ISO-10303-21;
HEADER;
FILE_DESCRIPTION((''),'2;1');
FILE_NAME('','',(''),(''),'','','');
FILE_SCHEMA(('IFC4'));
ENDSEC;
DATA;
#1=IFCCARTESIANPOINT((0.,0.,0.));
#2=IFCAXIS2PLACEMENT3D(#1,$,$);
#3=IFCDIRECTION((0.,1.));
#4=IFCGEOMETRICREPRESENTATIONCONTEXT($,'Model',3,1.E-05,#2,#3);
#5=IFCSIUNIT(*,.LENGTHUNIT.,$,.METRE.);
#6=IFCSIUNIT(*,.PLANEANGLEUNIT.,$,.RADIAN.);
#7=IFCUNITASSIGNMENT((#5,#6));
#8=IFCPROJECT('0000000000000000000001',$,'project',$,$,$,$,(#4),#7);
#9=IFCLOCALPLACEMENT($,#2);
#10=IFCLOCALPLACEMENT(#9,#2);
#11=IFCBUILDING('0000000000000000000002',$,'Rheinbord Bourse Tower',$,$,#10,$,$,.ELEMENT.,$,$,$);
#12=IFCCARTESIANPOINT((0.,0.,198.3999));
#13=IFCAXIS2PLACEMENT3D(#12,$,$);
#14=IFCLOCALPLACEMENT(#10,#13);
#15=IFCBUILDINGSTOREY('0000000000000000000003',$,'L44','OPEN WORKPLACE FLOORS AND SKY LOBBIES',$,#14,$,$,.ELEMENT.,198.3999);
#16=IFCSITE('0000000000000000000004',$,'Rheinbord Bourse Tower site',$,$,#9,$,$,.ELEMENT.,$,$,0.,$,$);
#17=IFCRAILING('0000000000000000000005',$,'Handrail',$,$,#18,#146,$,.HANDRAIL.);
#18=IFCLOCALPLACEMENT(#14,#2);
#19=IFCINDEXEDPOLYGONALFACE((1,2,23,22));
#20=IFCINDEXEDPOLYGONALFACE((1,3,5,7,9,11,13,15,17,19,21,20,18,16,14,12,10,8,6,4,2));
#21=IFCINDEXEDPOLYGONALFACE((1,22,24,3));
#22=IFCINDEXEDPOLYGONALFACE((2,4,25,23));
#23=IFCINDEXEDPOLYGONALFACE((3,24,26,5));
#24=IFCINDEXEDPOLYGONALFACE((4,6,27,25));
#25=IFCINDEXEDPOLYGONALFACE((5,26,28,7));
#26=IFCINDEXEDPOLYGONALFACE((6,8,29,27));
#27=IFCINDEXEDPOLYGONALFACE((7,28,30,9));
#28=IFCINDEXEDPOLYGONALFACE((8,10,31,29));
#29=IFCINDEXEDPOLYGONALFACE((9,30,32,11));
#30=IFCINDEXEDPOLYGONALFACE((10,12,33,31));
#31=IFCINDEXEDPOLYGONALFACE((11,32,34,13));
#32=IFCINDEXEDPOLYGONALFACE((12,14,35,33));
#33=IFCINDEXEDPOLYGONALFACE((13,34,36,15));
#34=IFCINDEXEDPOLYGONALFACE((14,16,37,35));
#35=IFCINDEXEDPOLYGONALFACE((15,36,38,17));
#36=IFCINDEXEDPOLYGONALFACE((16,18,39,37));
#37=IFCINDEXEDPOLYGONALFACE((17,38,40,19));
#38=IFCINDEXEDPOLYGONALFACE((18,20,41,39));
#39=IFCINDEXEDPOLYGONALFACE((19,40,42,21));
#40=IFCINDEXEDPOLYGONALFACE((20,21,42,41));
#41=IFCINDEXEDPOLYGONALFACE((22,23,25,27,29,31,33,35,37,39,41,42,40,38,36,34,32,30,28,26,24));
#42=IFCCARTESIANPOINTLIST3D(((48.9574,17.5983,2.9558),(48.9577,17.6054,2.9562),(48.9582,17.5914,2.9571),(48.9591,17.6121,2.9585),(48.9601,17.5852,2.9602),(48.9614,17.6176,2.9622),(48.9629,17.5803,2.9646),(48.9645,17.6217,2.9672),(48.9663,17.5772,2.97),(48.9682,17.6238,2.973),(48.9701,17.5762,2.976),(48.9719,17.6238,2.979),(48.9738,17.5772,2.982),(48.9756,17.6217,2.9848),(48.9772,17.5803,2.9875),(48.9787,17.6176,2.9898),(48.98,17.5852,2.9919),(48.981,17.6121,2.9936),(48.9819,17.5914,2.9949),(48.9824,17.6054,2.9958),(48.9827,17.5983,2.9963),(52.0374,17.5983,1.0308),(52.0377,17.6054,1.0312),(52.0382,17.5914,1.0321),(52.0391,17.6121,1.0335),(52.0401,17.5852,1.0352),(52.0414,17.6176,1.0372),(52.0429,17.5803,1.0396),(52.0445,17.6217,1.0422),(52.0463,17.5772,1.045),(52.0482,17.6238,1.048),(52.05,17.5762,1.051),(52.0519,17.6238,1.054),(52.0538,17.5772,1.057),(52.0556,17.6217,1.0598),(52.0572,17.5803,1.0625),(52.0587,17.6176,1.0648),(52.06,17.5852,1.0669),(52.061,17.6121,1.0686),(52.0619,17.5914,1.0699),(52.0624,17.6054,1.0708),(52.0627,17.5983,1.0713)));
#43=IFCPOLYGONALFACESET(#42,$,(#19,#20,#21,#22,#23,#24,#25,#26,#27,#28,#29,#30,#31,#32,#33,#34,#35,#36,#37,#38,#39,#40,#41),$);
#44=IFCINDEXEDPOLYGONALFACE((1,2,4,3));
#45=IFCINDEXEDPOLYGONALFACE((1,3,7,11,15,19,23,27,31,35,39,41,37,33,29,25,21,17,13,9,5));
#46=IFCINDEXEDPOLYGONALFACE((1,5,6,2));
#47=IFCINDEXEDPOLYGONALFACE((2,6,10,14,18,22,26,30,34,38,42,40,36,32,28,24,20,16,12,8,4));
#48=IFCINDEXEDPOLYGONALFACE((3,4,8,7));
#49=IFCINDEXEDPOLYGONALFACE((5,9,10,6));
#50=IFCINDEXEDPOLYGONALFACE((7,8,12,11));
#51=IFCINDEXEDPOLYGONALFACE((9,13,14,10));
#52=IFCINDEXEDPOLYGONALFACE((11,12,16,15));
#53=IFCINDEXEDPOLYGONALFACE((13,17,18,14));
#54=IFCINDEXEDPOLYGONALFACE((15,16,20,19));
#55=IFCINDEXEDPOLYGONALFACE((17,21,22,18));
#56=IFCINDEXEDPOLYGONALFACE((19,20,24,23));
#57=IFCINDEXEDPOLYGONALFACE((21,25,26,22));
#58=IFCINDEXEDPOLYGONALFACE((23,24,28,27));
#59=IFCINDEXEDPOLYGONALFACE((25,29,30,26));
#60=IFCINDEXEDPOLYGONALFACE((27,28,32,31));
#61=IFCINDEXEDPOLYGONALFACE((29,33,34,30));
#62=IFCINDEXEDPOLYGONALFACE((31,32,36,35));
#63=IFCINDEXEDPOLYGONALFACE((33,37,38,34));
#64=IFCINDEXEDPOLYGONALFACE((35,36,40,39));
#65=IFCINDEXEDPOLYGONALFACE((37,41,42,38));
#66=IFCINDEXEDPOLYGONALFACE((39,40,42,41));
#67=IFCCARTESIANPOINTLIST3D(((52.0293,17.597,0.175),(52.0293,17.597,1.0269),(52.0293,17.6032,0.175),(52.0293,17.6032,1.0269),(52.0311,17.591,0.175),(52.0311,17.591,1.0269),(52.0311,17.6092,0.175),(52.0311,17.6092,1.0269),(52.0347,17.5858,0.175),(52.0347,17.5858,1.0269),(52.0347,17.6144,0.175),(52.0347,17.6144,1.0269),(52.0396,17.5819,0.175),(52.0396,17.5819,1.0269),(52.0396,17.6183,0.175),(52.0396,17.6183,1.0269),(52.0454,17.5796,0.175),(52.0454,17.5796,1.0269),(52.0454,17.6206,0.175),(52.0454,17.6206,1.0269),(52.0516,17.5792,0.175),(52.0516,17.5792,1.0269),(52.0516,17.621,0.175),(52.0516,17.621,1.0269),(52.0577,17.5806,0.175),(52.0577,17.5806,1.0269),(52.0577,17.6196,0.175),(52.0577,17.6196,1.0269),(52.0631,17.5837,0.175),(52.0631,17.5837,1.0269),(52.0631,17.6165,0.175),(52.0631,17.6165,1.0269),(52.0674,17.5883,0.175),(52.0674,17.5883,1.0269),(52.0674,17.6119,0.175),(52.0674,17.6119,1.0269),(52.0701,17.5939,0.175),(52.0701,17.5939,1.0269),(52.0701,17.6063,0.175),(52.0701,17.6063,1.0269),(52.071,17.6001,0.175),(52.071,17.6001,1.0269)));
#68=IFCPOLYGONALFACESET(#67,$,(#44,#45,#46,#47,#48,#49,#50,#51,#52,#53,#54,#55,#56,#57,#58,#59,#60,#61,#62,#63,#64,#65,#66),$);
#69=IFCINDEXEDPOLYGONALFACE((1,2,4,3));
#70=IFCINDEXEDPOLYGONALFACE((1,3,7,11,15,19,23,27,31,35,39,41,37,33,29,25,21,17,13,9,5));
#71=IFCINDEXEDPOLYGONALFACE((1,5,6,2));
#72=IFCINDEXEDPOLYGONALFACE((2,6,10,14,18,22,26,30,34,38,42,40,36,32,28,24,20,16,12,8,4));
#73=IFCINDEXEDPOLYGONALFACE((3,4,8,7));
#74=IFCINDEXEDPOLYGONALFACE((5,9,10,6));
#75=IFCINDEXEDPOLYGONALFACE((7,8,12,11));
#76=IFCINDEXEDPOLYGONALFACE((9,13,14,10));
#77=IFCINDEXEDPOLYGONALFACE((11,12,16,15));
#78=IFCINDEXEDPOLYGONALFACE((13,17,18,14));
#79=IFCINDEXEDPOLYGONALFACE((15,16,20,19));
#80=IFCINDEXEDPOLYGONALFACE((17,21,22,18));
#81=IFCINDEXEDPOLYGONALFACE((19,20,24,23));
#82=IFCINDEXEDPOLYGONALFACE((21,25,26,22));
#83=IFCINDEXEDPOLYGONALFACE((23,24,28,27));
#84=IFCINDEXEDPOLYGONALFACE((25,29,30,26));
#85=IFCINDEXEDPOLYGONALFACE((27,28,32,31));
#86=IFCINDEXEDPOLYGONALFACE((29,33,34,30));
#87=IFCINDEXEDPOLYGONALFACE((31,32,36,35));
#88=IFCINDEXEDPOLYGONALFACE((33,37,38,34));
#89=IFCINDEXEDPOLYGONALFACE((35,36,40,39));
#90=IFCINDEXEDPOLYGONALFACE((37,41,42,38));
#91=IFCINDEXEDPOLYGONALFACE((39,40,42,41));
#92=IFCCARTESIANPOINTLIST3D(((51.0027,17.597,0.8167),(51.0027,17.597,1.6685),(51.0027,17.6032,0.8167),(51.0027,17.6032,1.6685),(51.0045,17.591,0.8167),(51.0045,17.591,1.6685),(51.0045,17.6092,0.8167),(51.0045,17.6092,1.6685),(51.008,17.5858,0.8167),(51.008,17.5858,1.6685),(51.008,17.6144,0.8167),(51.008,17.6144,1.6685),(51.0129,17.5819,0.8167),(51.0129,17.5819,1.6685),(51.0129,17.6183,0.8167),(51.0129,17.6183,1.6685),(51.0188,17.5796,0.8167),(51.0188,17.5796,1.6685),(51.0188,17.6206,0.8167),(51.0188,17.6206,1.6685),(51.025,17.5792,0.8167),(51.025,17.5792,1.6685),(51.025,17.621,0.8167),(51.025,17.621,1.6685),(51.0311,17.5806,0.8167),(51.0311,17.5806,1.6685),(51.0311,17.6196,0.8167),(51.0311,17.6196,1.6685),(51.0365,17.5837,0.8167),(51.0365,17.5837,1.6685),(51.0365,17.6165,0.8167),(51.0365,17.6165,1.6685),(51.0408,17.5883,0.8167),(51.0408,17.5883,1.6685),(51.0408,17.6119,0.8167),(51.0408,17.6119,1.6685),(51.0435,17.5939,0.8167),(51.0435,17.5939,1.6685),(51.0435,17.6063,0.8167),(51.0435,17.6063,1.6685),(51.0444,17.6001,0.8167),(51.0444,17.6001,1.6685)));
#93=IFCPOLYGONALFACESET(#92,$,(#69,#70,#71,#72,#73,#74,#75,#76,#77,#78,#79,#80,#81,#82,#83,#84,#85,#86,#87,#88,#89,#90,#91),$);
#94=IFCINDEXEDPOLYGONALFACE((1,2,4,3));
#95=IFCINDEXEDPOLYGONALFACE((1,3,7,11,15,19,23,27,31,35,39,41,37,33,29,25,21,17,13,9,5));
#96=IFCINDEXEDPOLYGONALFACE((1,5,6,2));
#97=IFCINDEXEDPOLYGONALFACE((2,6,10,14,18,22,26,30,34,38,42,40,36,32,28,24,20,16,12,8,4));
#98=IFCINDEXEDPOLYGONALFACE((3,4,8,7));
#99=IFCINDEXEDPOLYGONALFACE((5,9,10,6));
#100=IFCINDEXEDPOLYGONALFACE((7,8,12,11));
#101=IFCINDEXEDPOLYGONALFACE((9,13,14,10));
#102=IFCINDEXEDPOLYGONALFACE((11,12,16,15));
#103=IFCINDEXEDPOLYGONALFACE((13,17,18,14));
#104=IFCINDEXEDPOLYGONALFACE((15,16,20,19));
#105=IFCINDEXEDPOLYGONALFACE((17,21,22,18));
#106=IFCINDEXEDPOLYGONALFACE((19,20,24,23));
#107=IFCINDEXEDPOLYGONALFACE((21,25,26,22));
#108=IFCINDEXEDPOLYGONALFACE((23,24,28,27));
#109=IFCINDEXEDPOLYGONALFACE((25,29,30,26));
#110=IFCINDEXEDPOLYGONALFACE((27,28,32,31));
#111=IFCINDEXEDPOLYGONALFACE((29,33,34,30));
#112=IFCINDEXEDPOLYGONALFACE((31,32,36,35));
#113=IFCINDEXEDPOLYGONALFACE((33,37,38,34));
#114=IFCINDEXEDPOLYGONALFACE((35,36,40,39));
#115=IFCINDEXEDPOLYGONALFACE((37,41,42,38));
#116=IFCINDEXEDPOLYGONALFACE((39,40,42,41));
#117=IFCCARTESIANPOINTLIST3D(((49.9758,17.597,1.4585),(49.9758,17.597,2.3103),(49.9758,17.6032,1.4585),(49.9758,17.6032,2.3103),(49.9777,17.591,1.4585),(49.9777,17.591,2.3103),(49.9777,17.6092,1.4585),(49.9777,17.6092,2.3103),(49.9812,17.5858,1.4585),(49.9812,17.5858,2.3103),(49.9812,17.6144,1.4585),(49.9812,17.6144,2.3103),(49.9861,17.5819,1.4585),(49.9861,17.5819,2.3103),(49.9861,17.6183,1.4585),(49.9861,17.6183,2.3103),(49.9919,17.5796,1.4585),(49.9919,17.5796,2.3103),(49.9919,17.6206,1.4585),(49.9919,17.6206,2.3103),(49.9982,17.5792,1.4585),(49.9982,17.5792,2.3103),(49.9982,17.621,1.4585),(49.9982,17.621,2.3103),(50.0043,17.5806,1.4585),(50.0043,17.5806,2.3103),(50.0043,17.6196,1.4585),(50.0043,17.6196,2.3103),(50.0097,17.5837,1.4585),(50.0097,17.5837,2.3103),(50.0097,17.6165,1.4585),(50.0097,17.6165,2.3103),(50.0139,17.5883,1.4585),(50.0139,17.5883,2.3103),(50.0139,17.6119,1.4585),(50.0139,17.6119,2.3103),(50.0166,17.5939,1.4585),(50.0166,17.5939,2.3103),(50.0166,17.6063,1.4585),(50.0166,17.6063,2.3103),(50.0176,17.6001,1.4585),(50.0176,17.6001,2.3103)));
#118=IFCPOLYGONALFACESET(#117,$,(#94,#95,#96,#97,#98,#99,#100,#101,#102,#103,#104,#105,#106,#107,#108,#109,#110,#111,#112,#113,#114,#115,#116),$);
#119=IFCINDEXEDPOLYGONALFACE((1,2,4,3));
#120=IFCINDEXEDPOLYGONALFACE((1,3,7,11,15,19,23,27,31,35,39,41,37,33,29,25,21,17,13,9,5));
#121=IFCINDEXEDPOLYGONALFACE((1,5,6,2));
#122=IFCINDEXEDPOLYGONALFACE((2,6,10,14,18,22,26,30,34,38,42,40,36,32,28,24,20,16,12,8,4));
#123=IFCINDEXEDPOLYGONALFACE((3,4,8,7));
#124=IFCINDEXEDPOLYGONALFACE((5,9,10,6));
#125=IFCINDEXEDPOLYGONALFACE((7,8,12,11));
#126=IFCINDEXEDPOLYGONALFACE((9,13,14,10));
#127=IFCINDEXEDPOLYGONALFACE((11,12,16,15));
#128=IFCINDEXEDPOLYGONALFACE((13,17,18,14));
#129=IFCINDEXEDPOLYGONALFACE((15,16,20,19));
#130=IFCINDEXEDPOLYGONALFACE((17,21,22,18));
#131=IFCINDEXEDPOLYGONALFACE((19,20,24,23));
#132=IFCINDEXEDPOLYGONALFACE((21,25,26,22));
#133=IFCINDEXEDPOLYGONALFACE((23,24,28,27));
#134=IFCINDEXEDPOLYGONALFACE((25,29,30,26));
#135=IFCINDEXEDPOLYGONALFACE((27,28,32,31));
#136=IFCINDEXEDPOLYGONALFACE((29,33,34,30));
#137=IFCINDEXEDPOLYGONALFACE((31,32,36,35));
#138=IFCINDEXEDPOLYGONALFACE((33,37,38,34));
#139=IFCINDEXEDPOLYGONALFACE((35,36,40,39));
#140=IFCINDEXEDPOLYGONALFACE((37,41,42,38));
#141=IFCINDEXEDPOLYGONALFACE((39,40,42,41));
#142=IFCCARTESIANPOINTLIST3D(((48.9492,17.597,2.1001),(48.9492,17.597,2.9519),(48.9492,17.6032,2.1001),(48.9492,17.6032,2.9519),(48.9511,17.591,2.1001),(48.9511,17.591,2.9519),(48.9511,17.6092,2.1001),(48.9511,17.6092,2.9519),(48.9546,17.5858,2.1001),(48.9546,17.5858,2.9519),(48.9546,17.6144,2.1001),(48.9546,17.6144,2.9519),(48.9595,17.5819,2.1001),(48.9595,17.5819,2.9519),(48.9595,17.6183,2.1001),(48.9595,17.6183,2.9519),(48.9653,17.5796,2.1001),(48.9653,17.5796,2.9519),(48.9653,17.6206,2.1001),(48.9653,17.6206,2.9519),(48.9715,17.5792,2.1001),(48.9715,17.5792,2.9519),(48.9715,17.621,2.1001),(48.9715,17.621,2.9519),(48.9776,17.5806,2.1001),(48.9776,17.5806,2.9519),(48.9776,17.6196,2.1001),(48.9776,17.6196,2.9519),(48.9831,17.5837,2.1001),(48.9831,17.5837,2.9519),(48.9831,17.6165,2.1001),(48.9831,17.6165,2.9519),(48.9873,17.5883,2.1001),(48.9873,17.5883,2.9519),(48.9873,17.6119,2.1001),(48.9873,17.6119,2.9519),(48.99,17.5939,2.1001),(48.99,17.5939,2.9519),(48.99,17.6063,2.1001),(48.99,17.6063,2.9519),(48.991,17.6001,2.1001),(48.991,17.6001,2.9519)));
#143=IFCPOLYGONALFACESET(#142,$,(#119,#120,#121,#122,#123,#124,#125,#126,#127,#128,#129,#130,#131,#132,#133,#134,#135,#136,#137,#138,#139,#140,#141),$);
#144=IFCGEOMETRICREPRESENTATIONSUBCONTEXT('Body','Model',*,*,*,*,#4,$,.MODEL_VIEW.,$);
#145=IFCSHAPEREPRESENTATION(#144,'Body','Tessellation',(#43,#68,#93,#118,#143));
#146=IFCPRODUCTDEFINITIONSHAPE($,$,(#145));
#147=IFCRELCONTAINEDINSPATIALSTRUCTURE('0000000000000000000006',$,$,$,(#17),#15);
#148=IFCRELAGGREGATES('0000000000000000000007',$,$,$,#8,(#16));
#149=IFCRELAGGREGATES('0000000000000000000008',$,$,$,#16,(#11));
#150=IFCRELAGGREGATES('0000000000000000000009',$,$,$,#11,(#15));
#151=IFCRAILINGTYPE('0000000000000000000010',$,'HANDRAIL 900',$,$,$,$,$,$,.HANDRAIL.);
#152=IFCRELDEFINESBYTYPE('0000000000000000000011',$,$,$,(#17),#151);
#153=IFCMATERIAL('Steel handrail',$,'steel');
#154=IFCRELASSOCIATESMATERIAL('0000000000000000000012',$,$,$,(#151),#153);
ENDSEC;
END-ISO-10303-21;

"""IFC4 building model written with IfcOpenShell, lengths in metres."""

from ifc_helpers import new_model, si_unit, direction, frame, origin, origin_2d, place, context, subcontext, project, spatial, circle, extrude, material, type_object, element, save


model = new_model("IFC4")

# Units and contexts
model_context = context("Model", 3, precision=1e-05, world=origin(), true_north=direction((0.0, 1.0)))
body_context = subcontext(model_context, "Body", "Model", "MODEL_VIEW")
ifc_project = project(units=[si_unit("LENGTHUNIT", "METRE"), si_unit("PLANEANGLEUNIT", "RADIAN")], contexts=[model_context])

# Site, building, storey
site_placement = place(None, origin())
site = spatial("IfcSite", under=ifc_project, at=site_placement, Name="Rheinbord Bourse Tower site", CompositionType="ELEMENT", RefElevation=0.0)
building_placement = place(site_placement, origin())
building = spatial("IfcBuilding", under=site, at=building_placement, Name="Rheinbord Bourse Tower", CompositionType="ELEMENT")
storey_placement = place(building_placement, frame((0.0, 0.0, 198.3999)))
storey = spatial("IfcBuildingStorey", under=building, at=storey_placement, Name="L44", Description="OPEN WORKPLACE FLOORS AND SKY LOBBIES", CompositionType="ELEMENT", Elevation=198.3999)

# Railing
ifc_material_1 = material(Name="Steel handrail", Category="steel")
railing_type = type_object("IfcRailingType", Name="HANDRAIL 900", PredefinedType="HANDRAIL", material=ifc_material_1)
railing_1_placement = place(storey_placement, frame((52.05, 17.6001, 0.175)))
element("IfcRailing", 1, at=railing_1_placement, inside=storey, type_object=railing_type, Name="Handrail", PredefinedType="HANDRAIL", context=body_context, shape_type="SweptSolid", body=[
    extrude(circle(Radius=0.0239, at=origin_2d()), frame((0.0, 0.0, 0.876), z_axis=(-0.847998, 0.0, 0.529999), x_axis=(0.0, -1.0, 0.0)), (0.0, 0.0, 1.0), 3.6321),
    extrude(circle(Radius=0.021, at=origin_2d()), origin(), (0.0, 0.0, 1.0), 0.8518),
    extrude(circle(Radius=0.021, at=origin_2d()), frame((-1.0266, 0.0, 0.6416)), (0.0, 0.0, 1.0), 0.8518),
    extrude(circle(Radius=0.021, at=origin_2d()), frame((-2.0535, 0.0, 1.2834)), (0.0, 0.0, 1.0), 0.8518),
    extrude(circle(Radius=0.021, at=origin_2d()), frame((-3.0801, 0.0, 1.925)), (0.0, 0.0, 1.0), 0.8518),
])

save(model, "model.ifc")
